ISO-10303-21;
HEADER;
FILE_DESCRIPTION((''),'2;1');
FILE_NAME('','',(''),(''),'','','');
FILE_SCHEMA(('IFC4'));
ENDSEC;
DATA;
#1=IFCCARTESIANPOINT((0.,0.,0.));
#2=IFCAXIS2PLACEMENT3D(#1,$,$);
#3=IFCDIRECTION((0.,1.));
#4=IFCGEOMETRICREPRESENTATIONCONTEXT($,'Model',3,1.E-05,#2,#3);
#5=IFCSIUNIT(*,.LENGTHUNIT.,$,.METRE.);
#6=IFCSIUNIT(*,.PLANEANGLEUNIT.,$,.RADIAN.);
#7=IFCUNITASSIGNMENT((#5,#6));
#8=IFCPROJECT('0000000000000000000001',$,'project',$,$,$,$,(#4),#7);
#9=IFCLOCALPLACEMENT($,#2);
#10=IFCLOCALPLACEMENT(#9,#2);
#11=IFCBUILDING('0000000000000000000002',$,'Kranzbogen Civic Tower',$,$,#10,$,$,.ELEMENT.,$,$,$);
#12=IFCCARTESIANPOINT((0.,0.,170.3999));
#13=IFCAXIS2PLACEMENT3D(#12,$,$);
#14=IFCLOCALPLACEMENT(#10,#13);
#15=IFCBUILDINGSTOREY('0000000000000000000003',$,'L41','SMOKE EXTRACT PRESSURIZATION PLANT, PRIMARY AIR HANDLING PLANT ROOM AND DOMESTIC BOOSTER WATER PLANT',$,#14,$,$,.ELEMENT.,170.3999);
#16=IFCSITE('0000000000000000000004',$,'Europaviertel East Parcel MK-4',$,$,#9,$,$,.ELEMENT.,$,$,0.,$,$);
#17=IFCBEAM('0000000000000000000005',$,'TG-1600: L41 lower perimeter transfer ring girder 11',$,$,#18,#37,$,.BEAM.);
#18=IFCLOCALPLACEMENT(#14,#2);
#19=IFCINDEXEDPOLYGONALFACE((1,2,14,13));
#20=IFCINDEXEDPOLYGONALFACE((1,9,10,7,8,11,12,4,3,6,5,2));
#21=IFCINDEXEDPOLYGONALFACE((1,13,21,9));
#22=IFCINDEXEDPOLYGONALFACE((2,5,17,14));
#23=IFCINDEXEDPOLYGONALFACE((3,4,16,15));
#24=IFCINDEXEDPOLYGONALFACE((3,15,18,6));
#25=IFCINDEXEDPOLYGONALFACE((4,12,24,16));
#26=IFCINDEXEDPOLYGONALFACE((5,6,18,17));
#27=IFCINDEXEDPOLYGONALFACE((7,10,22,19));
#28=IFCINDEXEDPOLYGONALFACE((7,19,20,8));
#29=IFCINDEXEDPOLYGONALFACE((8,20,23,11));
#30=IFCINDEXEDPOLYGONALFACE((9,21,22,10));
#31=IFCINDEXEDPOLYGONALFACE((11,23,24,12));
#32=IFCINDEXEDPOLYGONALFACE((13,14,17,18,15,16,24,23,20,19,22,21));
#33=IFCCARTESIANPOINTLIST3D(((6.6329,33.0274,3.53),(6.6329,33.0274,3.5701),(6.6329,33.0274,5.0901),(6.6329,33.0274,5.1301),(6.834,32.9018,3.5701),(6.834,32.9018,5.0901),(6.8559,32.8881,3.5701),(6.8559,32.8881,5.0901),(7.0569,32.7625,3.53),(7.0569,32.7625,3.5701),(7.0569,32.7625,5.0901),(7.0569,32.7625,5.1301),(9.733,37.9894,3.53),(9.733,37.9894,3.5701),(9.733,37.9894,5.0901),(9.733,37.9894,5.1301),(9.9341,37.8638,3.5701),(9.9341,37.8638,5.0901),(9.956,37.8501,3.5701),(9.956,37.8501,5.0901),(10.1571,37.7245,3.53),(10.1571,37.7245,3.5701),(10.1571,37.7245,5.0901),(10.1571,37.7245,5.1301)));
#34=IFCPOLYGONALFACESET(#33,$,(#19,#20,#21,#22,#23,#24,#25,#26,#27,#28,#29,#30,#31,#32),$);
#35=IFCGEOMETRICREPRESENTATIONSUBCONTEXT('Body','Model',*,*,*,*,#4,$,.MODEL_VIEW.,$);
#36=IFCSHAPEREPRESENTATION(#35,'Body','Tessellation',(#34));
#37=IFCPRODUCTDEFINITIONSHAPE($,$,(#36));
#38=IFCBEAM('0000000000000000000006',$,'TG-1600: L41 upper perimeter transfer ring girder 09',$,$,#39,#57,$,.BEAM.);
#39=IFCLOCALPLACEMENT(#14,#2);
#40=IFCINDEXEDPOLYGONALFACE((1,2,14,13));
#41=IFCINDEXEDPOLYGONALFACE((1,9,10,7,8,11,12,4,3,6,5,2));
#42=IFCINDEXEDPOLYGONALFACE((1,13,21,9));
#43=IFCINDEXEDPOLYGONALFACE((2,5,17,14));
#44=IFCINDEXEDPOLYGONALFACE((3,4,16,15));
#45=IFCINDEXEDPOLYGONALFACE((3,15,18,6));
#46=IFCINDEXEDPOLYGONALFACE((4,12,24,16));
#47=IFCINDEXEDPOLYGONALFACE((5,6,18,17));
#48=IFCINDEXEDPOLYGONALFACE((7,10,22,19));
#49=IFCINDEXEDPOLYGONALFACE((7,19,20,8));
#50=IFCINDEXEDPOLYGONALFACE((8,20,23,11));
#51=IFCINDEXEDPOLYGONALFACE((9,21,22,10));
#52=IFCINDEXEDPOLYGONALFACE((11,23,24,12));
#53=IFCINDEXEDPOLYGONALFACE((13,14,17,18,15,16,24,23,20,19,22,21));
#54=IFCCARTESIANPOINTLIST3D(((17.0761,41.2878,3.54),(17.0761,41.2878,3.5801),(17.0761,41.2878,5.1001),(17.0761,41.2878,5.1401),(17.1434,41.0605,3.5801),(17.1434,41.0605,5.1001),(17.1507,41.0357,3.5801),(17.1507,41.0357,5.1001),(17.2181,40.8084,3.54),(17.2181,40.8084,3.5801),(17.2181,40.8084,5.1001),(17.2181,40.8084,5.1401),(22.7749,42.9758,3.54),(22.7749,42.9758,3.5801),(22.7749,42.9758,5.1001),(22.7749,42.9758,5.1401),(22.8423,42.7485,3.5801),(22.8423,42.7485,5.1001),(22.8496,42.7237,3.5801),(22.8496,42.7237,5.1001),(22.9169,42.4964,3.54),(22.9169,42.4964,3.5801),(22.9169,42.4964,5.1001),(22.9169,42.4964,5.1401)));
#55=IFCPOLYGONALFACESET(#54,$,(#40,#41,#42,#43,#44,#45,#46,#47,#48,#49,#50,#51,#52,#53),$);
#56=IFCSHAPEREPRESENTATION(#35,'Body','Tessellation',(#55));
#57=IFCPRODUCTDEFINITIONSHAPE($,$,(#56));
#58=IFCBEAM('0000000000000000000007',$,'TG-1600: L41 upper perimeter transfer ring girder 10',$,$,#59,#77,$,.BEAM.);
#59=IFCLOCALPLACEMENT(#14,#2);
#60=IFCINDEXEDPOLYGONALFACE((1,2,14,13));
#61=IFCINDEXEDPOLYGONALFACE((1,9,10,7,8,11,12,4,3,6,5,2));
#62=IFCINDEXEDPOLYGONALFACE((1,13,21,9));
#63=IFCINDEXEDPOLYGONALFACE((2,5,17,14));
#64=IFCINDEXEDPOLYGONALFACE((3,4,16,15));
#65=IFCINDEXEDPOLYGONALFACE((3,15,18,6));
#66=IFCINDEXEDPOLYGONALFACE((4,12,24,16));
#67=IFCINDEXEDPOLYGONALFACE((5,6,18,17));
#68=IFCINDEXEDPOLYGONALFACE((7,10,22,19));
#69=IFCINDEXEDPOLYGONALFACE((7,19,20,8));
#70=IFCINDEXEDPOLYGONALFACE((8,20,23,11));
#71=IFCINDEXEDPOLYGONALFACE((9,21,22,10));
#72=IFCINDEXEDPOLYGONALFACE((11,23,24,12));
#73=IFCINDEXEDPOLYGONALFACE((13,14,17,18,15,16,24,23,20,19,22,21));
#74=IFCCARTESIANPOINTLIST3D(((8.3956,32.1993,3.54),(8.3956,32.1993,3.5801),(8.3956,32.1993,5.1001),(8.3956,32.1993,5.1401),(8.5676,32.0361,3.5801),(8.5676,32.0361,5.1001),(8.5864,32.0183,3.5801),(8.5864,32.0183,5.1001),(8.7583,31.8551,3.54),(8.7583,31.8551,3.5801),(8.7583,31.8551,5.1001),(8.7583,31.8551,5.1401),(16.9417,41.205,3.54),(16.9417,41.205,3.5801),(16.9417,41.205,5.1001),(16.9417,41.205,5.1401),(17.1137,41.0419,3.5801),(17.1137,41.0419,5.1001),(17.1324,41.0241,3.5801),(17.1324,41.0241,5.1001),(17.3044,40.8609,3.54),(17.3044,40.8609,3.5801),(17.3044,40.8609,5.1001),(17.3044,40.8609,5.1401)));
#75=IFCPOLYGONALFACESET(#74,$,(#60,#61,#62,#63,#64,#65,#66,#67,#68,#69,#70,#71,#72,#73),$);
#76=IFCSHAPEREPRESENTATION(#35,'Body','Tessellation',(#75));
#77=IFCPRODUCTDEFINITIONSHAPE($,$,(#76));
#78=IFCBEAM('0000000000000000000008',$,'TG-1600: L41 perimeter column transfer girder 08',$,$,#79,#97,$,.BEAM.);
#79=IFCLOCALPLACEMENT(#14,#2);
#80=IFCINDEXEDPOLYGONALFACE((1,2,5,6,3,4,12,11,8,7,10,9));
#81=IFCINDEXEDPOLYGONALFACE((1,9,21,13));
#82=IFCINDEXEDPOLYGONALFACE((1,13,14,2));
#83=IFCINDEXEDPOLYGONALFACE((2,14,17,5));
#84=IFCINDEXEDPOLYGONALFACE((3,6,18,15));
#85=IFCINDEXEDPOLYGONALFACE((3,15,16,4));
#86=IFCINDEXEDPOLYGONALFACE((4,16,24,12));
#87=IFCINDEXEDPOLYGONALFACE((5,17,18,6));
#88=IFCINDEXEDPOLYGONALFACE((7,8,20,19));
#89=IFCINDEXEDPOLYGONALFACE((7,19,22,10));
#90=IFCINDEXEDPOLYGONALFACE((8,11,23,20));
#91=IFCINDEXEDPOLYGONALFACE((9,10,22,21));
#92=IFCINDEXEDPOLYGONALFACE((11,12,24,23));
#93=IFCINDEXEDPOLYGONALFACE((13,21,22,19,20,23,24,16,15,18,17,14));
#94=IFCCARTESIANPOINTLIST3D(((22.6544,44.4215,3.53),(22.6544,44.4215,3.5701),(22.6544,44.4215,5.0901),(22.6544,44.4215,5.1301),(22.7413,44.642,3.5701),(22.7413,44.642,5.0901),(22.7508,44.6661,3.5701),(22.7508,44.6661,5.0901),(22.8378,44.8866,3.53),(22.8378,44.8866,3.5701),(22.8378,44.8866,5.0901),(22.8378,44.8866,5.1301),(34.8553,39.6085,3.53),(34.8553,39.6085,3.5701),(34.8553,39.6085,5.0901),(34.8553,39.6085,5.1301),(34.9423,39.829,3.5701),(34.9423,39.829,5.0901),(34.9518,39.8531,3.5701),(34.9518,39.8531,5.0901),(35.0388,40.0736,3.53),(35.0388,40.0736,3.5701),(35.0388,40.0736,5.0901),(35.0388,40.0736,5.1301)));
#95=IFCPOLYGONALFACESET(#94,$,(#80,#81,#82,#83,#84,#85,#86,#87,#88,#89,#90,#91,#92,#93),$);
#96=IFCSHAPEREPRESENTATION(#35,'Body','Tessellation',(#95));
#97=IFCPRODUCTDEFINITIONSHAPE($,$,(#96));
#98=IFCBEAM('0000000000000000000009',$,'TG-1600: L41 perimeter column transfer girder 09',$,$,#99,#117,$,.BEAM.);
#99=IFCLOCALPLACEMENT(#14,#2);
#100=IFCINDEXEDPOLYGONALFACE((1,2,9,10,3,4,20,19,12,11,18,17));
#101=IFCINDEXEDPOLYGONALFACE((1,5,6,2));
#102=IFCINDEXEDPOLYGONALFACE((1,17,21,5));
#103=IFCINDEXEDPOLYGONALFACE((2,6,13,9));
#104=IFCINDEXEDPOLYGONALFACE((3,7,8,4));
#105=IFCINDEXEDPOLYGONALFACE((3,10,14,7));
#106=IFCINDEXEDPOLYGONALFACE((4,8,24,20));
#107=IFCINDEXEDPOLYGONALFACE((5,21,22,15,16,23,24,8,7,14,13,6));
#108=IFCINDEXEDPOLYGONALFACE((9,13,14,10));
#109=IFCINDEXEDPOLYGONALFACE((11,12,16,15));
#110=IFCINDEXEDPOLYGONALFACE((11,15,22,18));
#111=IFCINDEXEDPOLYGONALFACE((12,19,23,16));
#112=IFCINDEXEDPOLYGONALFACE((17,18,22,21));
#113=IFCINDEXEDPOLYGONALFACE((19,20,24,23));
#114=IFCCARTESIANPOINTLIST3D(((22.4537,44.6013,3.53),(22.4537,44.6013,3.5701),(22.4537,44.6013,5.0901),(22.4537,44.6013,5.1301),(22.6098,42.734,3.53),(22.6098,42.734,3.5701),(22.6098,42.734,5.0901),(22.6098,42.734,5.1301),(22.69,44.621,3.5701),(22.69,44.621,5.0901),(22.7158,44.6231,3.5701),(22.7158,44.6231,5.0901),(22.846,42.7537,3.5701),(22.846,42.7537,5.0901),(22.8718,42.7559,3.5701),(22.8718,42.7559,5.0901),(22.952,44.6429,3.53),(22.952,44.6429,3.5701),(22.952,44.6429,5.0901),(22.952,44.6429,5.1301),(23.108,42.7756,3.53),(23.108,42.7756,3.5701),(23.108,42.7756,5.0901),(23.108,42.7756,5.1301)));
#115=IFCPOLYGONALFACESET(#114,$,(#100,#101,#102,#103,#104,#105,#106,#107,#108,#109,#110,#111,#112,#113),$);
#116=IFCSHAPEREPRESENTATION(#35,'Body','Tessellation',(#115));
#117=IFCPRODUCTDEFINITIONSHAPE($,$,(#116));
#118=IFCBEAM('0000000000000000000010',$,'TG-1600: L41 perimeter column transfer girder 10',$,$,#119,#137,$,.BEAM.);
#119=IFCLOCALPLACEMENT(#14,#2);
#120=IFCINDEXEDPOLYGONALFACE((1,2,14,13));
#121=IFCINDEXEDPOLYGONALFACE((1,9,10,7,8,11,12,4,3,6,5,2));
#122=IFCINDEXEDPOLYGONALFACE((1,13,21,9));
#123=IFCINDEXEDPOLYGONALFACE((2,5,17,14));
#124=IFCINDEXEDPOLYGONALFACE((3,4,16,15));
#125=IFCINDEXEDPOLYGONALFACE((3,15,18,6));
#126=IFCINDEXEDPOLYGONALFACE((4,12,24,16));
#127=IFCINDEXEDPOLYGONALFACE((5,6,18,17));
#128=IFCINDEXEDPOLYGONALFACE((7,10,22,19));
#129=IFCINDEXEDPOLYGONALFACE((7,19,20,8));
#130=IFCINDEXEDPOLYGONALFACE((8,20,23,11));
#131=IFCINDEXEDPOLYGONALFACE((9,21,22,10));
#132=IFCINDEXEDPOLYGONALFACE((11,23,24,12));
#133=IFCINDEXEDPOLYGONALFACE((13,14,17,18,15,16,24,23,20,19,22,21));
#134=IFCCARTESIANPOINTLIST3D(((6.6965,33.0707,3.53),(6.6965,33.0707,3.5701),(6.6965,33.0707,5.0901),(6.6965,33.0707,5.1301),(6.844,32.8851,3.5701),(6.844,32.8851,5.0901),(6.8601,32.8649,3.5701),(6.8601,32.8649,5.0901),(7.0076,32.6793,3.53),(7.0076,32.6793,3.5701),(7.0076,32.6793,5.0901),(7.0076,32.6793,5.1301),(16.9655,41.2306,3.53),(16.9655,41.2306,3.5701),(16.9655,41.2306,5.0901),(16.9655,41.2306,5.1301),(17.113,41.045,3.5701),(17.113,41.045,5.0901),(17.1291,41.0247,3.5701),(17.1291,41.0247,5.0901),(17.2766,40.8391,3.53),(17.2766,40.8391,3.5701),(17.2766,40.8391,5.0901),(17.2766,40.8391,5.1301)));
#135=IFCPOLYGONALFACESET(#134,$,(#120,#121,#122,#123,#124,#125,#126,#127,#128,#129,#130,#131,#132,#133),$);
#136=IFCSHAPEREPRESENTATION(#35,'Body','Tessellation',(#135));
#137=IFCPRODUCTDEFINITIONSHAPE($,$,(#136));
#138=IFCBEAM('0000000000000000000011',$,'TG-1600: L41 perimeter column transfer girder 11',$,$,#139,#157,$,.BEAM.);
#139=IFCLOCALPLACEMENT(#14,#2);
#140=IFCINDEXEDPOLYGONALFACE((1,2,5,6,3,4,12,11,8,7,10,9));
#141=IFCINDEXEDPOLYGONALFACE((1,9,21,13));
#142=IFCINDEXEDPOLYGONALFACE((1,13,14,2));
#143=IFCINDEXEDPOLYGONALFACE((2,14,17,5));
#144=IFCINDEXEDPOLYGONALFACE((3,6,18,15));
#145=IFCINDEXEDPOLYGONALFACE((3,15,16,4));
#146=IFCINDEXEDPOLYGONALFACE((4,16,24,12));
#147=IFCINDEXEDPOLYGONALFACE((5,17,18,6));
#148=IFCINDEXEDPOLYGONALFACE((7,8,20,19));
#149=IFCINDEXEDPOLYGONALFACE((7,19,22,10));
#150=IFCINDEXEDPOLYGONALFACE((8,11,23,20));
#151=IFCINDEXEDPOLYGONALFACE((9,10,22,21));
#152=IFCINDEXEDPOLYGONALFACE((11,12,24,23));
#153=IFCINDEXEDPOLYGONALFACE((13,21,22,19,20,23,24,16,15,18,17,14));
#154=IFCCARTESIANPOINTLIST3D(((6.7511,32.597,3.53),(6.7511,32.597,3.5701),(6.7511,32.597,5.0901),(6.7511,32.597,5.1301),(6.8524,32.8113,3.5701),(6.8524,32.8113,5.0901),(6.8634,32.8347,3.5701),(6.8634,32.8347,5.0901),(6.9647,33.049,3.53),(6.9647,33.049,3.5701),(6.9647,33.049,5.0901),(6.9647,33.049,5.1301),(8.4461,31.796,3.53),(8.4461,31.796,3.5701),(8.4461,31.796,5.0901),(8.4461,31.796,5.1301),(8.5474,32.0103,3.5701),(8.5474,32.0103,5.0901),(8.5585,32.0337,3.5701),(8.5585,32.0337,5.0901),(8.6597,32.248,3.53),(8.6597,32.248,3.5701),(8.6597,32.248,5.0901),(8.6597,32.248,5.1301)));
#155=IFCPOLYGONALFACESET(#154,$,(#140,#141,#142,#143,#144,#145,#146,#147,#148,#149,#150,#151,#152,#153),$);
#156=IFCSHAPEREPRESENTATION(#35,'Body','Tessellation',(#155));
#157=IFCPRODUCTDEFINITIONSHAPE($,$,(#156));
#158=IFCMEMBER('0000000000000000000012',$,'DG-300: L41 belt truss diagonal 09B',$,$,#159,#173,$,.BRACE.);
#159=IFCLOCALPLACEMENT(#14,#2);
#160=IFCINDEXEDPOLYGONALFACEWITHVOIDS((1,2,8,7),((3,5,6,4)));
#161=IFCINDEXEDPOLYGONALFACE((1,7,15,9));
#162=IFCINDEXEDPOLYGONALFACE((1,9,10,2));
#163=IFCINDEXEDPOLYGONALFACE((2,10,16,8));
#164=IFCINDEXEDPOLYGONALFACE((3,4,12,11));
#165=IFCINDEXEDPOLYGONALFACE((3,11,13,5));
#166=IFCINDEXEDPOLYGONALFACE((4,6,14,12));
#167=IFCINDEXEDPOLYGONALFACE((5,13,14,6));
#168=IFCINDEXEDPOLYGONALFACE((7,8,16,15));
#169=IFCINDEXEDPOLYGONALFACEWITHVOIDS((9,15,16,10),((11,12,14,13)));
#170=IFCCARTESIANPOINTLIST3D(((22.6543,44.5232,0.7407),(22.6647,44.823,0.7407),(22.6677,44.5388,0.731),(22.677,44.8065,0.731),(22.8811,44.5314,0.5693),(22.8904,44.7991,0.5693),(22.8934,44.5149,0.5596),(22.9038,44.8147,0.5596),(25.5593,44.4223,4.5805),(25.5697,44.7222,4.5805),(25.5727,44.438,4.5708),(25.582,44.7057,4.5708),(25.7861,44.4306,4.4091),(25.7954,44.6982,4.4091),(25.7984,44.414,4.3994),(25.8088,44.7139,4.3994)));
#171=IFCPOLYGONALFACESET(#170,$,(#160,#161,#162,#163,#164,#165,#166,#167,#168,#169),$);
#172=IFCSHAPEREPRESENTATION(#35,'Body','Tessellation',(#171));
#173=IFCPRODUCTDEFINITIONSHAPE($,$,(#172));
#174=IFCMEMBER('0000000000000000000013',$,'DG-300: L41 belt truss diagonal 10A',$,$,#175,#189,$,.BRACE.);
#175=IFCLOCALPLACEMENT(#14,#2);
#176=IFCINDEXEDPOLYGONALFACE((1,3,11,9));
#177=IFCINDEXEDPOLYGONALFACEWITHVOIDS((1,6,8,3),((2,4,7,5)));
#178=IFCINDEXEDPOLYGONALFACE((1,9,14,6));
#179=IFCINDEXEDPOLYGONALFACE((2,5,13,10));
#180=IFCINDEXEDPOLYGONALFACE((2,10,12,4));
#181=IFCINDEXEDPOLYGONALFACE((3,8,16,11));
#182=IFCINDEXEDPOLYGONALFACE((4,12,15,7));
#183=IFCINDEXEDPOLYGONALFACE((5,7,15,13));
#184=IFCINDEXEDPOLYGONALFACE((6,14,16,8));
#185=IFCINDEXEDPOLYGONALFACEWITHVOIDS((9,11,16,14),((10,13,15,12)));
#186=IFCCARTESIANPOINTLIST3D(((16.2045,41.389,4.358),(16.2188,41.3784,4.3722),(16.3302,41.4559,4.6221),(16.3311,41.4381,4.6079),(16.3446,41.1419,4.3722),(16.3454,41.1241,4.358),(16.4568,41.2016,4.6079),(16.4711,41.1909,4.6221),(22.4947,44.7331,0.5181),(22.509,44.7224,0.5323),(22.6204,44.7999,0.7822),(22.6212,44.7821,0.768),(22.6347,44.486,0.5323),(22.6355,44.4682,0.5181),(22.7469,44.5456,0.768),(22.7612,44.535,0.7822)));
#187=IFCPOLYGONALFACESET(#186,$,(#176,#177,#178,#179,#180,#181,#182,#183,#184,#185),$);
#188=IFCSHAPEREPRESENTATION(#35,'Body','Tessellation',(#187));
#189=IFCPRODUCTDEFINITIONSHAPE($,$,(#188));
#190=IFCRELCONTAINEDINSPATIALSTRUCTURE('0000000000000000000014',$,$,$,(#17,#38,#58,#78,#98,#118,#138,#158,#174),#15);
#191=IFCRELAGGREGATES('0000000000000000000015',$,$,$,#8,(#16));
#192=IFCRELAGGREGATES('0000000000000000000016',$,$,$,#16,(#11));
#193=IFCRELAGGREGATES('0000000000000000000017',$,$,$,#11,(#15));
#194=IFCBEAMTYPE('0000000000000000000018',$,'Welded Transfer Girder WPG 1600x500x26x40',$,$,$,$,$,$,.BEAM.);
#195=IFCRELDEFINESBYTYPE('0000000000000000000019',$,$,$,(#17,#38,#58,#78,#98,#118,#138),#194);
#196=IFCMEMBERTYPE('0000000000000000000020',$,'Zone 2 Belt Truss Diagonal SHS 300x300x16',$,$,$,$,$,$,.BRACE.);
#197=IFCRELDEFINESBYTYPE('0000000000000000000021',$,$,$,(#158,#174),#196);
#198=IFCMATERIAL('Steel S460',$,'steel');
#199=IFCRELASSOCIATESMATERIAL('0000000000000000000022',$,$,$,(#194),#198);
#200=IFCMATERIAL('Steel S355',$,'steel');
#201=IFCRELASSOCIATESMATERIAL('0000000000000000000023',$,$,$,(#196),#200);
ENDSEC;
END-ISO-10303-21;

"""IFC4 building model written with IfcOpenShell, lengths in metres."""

from ifc_helpers import new_model, si_unit, direction, frame, origin, origin_2d, place, context, subcontext, project, spatial, hollow_rectangle, i_section, extrude, material, material_profile, profile_set, type_object, element, save


model = new_model("IFC4")

# Units and contexts
model_context = context("Model", 3, precision=1e-05, world=origin(), true_north=direction((0.0, 1.0)))
body_context = subcontext(model_context, "Body", "Model", "MODEL_VIEW")
ifc_project = project(units=[si_unit("LENGTHUNIT", "METRE"), si_unit("PLANEANGLEUNIT", "RADIAN")], contexts=[model_context])

# Site, building, storey
site_placement = place(None, origin())
site = spatial("IfcSite", under=ifc_project, at=site_placement, Name="Europaviertel East Parcel MK-4", CompositionType="ELEMENT", RefElevation=0.0)
building_placement = place(site_placement, origin())
building = spatial("IfcBuilding", under=site, at=building_placement, Name="Kranzbogen Civic Tower", CompositionType="ELEMENT")
storey_placement = place(building_placement, frame((0.0, 0.0, 170.3999)))
storey = spatial("IfcBuildingStorey", under=building, at=storey_placement, Name="L41", Description="SMOKE EXTRACT PRESSURIZATION PLANT, PRIMARY AIR HANDLING PLANT ROOM AND DOMESTIC BOOSTER WATER PLANT", CompositionType="ELEMENT", Elevation=170.3999)

# Shared definitions
ifc_material_1 = material(Name="Steel S355", Category="steel")

# Shared definitions
ifc_material_2 = material(Name="Steel S460", Category="steel")

# Beams
ifc_material_profile_1 = material_profile(ifc_material_2, i_section(OverallWidth=0.5, OverallDepth=1.6001, WebThickness=0.0259, FlangeThickness=0.04, at=origin_2d()), Name="WPG 1600x500x26x40")
ifc_profile_set_1 = profile_set([ifc_material_profile_1], Name="Steel S460")
beam_type = type_object("IfcBeamType", Name="Welded Transfer Girder WPG 1600x500x26x40", PredefinedType="BEAM", material=ifc_profile_set_1)
beam_1_placement = place(storey_placement, frame((9.9451, 37.8569, 4.3301), z_axis=(-0.529864, -0.848083, 0.0), x_axis=(0.848083, -0.529864, 0.0)))
element("IfcBeam", 1, at=beam_1_placement, inside=storey, type_object=beam_type, Name="TG-1600: L41 lower perimeter transfer ring girder 11", PredefinedType="BEAM", context=body_context, shape_type="SweptSolid", body=[
    extrude(i_section(OverallWidth=0.5, OverallDepth=1.6001, WebThickness=0.0259, FlangeThickness=0.04, at=origin_2d()), origin(), (0.0, 0.0, 1.0), 5.8508),
])
beam_2_placement = place(storey_placement, frame((22.8459, 42.7361, 4.3401), z_axis=(-0.958825, -0.283996, 0.0), x_axis=(0.283996, -0.958825, 0.0)))
element("IfcBeam", 2, at=beam_2_placement, inside=storey, type_object=beam_type, Name="TG-1600: L41 upper perimeter transfer ring girder 09", PredefinedType="BEAM", context=body_context, shape_type="SweptSolid", body=[
    extrude(i_section(OverallWidth=0.5, OverallDepth=1.6001, WebThickness=0.0259, FlangeThickness=0.04, at=origin_2d()), origin(), (0.0, 0.0, 1.0), 5.9436),
])
beam_3_placement = place(storey_placement, frame((17.123, 41.033, 4.3401), z_axis=(-0.68835, -0.725378, 0.0), x_axis=(0.725378, -0.68835, 0.0)))
element("IfcBeam", 3, at=beam_3_placement, inside=storey, type_object=beam_type, Name="TG-1600: L41 upper perimeter transfer ring girder 10", PredefinedType="BEAM", context=body_context, shape_type="SweptSolid", body=[
    extrude(i_section(OverallWidth=0.5, OverallDepth=1.6001, WebThickness=0.0259, FlangeThickness=0.04, at=origin_2d()), origin(), (0.0, 0.0, 1.0), 12.4153),
])
beam_4_placement = place(storey_placement, frame((22.7461, 44.6541, 4.3301), z_axis=(0.930238, -0.366958, 0.0), x_axis=(0.366958, 0.930238, 0.0)))
element("IfcBeam", 4, at=beam_4_placement, inside=storey, type_object=beam_type, Name="TG-1600: L41 perimeter column transfer girder 08", PredefinedType="BEAM", context=body_context, shape_type="SweptSolid", body=[
    extrude(i_section(OverallWidth=0.5, OverallDepth=1.6001, WebThickness=0.0259, FlangeThickness=0.04, at=origin_2d()), origin(), (0.0, 0.0, 1.0), 13.116),
])
beam_5_placement = place(storey_placement, frame((22.7029, 44.6221, 4.3301), z_axis=(0.083261, -0.996528, 0.0), x_axis=(0.996528, 0.083261, 0.0)))
element("IfcBeam", 5, at=beam_5_placement, inside=storey, type_object=beam_type, Name="TG-1600: L41 perimeter column transfer girder 09", PredefinedType="BEAM", context=body_context, shape_type="SweptSolid", body=[
    extrude(i_section(OverallWidth=0.5, OverallDepth=1.6001, WebThickness=0.0259, FlangeThickness=0.04, at=origin_2d()), origin(), (0.0, 0.0, 1.0), 1.8738),
])
beam_6_placement = place(storey_placement, frame((6.8521, 32.875, 4.3301), z_axis=(0.782922, 0.62212, 0.0), x_axis=(-0.62212, 0.782922, 0.0)))
element("IfcBeam", 6, at=beam_6_placement, inside=storey, type_object=beam_type, Name="TG-1600: L41 perimeter column transfer girder 10", PredefinedType="BEAM", context=body_context, shape_type="SweptSolid", body=[
    extrude(i_section(OverallWidth=0.5, OverallDepth=1.6001, WebThickness=0.0259, FlangeThickness=0.04, at=origin_2d()), origin(), (0.0, 0.0, 1.0), 13.1162),
])
beam_7_placement = place(storey_placement, frame((6.8579, 32.823, 4.3301), z_axis=(0.90413, -0.427258, 0.0), x_axis=(0.427258, 0.90413, 0.0)))
element("IfcBeam", 7, at=beam_7_placement, inside=storey, type_object=beam_type, Name="TG-1600: L41 perimeter column transfer girder 11", PredefinedType="BEAM", context=body_context, shape_type="SweptSolid", body=[
    extrude(i_section(OverallWidth=0.5, OverallDepth=1.6001, WebThickness=0.0259, FlangeThickness=0.04, at=origin_2d()), origin(), (0.0, 0.0, 1.0), 1.8748),
])

# Members
ifc_material_profile_2 = material_profile(ifc_material_1, hollow_rectangle(XDim=0.3, YDim=0.3, WallThickness=0.0161, at=origin_2d()), Name="SHS 300x300x16")
ifc_profile_set_2 = profile_set([ifc_material_profile_2], Name="Steel S355")
member_type_1 = type_object("IfcMemberType", Name="Zone 2 Belt Truss Diagonal SHS 300x300x16", PredefinedType="BRACE", material=ifc_profile_set_2)
member_1_placement = place(storey_placement, frame((22.7791, 44.6689, 0.6501), z_axis=(0.603205, -0.020937, 0.797311), x_axis=(0.034688, 0.999398, 0.0)))
element("IfcMember", 8, at=member_1_placement, inside=storey, type_object=member_type_1, Name="DG-300: L41 belt truss diagonal 09B", PredefinedType="BRACE", context=body_context, shape_type="SweptSolid", body=[
    extrude(hollow_rectangle(XDim=0.3, YDim=0.3, WallThickness=0.0161, at=origin_2d()), origin(), (0.0, 0.0, 1.0), 4.8159),
])
member_2_placement = place(storey_placement, frame((22.6279, 44.634, 0.6501), z_axis=(-0.777252, -0.413213, 0.474484), x_axis=(0.469419, -0.882975, 0.0)))
element("IfcMember", 9, at=member_2_placement, inside=storey, type_object=member_type_1, Name="DG-300: L41 belt truss diagonal 10A", PredefinedType="BRACE", context=body_context, shape_type="SweptSolid", body=[
    extrude(hollow_rectangle(XDim=0.3, YDim=0.3, WallThickness=0.0161, at=origin_2d()), origin(), (0.0, 0.0, 1.0), 8.0928),
])

save(model, "model.ifc")
